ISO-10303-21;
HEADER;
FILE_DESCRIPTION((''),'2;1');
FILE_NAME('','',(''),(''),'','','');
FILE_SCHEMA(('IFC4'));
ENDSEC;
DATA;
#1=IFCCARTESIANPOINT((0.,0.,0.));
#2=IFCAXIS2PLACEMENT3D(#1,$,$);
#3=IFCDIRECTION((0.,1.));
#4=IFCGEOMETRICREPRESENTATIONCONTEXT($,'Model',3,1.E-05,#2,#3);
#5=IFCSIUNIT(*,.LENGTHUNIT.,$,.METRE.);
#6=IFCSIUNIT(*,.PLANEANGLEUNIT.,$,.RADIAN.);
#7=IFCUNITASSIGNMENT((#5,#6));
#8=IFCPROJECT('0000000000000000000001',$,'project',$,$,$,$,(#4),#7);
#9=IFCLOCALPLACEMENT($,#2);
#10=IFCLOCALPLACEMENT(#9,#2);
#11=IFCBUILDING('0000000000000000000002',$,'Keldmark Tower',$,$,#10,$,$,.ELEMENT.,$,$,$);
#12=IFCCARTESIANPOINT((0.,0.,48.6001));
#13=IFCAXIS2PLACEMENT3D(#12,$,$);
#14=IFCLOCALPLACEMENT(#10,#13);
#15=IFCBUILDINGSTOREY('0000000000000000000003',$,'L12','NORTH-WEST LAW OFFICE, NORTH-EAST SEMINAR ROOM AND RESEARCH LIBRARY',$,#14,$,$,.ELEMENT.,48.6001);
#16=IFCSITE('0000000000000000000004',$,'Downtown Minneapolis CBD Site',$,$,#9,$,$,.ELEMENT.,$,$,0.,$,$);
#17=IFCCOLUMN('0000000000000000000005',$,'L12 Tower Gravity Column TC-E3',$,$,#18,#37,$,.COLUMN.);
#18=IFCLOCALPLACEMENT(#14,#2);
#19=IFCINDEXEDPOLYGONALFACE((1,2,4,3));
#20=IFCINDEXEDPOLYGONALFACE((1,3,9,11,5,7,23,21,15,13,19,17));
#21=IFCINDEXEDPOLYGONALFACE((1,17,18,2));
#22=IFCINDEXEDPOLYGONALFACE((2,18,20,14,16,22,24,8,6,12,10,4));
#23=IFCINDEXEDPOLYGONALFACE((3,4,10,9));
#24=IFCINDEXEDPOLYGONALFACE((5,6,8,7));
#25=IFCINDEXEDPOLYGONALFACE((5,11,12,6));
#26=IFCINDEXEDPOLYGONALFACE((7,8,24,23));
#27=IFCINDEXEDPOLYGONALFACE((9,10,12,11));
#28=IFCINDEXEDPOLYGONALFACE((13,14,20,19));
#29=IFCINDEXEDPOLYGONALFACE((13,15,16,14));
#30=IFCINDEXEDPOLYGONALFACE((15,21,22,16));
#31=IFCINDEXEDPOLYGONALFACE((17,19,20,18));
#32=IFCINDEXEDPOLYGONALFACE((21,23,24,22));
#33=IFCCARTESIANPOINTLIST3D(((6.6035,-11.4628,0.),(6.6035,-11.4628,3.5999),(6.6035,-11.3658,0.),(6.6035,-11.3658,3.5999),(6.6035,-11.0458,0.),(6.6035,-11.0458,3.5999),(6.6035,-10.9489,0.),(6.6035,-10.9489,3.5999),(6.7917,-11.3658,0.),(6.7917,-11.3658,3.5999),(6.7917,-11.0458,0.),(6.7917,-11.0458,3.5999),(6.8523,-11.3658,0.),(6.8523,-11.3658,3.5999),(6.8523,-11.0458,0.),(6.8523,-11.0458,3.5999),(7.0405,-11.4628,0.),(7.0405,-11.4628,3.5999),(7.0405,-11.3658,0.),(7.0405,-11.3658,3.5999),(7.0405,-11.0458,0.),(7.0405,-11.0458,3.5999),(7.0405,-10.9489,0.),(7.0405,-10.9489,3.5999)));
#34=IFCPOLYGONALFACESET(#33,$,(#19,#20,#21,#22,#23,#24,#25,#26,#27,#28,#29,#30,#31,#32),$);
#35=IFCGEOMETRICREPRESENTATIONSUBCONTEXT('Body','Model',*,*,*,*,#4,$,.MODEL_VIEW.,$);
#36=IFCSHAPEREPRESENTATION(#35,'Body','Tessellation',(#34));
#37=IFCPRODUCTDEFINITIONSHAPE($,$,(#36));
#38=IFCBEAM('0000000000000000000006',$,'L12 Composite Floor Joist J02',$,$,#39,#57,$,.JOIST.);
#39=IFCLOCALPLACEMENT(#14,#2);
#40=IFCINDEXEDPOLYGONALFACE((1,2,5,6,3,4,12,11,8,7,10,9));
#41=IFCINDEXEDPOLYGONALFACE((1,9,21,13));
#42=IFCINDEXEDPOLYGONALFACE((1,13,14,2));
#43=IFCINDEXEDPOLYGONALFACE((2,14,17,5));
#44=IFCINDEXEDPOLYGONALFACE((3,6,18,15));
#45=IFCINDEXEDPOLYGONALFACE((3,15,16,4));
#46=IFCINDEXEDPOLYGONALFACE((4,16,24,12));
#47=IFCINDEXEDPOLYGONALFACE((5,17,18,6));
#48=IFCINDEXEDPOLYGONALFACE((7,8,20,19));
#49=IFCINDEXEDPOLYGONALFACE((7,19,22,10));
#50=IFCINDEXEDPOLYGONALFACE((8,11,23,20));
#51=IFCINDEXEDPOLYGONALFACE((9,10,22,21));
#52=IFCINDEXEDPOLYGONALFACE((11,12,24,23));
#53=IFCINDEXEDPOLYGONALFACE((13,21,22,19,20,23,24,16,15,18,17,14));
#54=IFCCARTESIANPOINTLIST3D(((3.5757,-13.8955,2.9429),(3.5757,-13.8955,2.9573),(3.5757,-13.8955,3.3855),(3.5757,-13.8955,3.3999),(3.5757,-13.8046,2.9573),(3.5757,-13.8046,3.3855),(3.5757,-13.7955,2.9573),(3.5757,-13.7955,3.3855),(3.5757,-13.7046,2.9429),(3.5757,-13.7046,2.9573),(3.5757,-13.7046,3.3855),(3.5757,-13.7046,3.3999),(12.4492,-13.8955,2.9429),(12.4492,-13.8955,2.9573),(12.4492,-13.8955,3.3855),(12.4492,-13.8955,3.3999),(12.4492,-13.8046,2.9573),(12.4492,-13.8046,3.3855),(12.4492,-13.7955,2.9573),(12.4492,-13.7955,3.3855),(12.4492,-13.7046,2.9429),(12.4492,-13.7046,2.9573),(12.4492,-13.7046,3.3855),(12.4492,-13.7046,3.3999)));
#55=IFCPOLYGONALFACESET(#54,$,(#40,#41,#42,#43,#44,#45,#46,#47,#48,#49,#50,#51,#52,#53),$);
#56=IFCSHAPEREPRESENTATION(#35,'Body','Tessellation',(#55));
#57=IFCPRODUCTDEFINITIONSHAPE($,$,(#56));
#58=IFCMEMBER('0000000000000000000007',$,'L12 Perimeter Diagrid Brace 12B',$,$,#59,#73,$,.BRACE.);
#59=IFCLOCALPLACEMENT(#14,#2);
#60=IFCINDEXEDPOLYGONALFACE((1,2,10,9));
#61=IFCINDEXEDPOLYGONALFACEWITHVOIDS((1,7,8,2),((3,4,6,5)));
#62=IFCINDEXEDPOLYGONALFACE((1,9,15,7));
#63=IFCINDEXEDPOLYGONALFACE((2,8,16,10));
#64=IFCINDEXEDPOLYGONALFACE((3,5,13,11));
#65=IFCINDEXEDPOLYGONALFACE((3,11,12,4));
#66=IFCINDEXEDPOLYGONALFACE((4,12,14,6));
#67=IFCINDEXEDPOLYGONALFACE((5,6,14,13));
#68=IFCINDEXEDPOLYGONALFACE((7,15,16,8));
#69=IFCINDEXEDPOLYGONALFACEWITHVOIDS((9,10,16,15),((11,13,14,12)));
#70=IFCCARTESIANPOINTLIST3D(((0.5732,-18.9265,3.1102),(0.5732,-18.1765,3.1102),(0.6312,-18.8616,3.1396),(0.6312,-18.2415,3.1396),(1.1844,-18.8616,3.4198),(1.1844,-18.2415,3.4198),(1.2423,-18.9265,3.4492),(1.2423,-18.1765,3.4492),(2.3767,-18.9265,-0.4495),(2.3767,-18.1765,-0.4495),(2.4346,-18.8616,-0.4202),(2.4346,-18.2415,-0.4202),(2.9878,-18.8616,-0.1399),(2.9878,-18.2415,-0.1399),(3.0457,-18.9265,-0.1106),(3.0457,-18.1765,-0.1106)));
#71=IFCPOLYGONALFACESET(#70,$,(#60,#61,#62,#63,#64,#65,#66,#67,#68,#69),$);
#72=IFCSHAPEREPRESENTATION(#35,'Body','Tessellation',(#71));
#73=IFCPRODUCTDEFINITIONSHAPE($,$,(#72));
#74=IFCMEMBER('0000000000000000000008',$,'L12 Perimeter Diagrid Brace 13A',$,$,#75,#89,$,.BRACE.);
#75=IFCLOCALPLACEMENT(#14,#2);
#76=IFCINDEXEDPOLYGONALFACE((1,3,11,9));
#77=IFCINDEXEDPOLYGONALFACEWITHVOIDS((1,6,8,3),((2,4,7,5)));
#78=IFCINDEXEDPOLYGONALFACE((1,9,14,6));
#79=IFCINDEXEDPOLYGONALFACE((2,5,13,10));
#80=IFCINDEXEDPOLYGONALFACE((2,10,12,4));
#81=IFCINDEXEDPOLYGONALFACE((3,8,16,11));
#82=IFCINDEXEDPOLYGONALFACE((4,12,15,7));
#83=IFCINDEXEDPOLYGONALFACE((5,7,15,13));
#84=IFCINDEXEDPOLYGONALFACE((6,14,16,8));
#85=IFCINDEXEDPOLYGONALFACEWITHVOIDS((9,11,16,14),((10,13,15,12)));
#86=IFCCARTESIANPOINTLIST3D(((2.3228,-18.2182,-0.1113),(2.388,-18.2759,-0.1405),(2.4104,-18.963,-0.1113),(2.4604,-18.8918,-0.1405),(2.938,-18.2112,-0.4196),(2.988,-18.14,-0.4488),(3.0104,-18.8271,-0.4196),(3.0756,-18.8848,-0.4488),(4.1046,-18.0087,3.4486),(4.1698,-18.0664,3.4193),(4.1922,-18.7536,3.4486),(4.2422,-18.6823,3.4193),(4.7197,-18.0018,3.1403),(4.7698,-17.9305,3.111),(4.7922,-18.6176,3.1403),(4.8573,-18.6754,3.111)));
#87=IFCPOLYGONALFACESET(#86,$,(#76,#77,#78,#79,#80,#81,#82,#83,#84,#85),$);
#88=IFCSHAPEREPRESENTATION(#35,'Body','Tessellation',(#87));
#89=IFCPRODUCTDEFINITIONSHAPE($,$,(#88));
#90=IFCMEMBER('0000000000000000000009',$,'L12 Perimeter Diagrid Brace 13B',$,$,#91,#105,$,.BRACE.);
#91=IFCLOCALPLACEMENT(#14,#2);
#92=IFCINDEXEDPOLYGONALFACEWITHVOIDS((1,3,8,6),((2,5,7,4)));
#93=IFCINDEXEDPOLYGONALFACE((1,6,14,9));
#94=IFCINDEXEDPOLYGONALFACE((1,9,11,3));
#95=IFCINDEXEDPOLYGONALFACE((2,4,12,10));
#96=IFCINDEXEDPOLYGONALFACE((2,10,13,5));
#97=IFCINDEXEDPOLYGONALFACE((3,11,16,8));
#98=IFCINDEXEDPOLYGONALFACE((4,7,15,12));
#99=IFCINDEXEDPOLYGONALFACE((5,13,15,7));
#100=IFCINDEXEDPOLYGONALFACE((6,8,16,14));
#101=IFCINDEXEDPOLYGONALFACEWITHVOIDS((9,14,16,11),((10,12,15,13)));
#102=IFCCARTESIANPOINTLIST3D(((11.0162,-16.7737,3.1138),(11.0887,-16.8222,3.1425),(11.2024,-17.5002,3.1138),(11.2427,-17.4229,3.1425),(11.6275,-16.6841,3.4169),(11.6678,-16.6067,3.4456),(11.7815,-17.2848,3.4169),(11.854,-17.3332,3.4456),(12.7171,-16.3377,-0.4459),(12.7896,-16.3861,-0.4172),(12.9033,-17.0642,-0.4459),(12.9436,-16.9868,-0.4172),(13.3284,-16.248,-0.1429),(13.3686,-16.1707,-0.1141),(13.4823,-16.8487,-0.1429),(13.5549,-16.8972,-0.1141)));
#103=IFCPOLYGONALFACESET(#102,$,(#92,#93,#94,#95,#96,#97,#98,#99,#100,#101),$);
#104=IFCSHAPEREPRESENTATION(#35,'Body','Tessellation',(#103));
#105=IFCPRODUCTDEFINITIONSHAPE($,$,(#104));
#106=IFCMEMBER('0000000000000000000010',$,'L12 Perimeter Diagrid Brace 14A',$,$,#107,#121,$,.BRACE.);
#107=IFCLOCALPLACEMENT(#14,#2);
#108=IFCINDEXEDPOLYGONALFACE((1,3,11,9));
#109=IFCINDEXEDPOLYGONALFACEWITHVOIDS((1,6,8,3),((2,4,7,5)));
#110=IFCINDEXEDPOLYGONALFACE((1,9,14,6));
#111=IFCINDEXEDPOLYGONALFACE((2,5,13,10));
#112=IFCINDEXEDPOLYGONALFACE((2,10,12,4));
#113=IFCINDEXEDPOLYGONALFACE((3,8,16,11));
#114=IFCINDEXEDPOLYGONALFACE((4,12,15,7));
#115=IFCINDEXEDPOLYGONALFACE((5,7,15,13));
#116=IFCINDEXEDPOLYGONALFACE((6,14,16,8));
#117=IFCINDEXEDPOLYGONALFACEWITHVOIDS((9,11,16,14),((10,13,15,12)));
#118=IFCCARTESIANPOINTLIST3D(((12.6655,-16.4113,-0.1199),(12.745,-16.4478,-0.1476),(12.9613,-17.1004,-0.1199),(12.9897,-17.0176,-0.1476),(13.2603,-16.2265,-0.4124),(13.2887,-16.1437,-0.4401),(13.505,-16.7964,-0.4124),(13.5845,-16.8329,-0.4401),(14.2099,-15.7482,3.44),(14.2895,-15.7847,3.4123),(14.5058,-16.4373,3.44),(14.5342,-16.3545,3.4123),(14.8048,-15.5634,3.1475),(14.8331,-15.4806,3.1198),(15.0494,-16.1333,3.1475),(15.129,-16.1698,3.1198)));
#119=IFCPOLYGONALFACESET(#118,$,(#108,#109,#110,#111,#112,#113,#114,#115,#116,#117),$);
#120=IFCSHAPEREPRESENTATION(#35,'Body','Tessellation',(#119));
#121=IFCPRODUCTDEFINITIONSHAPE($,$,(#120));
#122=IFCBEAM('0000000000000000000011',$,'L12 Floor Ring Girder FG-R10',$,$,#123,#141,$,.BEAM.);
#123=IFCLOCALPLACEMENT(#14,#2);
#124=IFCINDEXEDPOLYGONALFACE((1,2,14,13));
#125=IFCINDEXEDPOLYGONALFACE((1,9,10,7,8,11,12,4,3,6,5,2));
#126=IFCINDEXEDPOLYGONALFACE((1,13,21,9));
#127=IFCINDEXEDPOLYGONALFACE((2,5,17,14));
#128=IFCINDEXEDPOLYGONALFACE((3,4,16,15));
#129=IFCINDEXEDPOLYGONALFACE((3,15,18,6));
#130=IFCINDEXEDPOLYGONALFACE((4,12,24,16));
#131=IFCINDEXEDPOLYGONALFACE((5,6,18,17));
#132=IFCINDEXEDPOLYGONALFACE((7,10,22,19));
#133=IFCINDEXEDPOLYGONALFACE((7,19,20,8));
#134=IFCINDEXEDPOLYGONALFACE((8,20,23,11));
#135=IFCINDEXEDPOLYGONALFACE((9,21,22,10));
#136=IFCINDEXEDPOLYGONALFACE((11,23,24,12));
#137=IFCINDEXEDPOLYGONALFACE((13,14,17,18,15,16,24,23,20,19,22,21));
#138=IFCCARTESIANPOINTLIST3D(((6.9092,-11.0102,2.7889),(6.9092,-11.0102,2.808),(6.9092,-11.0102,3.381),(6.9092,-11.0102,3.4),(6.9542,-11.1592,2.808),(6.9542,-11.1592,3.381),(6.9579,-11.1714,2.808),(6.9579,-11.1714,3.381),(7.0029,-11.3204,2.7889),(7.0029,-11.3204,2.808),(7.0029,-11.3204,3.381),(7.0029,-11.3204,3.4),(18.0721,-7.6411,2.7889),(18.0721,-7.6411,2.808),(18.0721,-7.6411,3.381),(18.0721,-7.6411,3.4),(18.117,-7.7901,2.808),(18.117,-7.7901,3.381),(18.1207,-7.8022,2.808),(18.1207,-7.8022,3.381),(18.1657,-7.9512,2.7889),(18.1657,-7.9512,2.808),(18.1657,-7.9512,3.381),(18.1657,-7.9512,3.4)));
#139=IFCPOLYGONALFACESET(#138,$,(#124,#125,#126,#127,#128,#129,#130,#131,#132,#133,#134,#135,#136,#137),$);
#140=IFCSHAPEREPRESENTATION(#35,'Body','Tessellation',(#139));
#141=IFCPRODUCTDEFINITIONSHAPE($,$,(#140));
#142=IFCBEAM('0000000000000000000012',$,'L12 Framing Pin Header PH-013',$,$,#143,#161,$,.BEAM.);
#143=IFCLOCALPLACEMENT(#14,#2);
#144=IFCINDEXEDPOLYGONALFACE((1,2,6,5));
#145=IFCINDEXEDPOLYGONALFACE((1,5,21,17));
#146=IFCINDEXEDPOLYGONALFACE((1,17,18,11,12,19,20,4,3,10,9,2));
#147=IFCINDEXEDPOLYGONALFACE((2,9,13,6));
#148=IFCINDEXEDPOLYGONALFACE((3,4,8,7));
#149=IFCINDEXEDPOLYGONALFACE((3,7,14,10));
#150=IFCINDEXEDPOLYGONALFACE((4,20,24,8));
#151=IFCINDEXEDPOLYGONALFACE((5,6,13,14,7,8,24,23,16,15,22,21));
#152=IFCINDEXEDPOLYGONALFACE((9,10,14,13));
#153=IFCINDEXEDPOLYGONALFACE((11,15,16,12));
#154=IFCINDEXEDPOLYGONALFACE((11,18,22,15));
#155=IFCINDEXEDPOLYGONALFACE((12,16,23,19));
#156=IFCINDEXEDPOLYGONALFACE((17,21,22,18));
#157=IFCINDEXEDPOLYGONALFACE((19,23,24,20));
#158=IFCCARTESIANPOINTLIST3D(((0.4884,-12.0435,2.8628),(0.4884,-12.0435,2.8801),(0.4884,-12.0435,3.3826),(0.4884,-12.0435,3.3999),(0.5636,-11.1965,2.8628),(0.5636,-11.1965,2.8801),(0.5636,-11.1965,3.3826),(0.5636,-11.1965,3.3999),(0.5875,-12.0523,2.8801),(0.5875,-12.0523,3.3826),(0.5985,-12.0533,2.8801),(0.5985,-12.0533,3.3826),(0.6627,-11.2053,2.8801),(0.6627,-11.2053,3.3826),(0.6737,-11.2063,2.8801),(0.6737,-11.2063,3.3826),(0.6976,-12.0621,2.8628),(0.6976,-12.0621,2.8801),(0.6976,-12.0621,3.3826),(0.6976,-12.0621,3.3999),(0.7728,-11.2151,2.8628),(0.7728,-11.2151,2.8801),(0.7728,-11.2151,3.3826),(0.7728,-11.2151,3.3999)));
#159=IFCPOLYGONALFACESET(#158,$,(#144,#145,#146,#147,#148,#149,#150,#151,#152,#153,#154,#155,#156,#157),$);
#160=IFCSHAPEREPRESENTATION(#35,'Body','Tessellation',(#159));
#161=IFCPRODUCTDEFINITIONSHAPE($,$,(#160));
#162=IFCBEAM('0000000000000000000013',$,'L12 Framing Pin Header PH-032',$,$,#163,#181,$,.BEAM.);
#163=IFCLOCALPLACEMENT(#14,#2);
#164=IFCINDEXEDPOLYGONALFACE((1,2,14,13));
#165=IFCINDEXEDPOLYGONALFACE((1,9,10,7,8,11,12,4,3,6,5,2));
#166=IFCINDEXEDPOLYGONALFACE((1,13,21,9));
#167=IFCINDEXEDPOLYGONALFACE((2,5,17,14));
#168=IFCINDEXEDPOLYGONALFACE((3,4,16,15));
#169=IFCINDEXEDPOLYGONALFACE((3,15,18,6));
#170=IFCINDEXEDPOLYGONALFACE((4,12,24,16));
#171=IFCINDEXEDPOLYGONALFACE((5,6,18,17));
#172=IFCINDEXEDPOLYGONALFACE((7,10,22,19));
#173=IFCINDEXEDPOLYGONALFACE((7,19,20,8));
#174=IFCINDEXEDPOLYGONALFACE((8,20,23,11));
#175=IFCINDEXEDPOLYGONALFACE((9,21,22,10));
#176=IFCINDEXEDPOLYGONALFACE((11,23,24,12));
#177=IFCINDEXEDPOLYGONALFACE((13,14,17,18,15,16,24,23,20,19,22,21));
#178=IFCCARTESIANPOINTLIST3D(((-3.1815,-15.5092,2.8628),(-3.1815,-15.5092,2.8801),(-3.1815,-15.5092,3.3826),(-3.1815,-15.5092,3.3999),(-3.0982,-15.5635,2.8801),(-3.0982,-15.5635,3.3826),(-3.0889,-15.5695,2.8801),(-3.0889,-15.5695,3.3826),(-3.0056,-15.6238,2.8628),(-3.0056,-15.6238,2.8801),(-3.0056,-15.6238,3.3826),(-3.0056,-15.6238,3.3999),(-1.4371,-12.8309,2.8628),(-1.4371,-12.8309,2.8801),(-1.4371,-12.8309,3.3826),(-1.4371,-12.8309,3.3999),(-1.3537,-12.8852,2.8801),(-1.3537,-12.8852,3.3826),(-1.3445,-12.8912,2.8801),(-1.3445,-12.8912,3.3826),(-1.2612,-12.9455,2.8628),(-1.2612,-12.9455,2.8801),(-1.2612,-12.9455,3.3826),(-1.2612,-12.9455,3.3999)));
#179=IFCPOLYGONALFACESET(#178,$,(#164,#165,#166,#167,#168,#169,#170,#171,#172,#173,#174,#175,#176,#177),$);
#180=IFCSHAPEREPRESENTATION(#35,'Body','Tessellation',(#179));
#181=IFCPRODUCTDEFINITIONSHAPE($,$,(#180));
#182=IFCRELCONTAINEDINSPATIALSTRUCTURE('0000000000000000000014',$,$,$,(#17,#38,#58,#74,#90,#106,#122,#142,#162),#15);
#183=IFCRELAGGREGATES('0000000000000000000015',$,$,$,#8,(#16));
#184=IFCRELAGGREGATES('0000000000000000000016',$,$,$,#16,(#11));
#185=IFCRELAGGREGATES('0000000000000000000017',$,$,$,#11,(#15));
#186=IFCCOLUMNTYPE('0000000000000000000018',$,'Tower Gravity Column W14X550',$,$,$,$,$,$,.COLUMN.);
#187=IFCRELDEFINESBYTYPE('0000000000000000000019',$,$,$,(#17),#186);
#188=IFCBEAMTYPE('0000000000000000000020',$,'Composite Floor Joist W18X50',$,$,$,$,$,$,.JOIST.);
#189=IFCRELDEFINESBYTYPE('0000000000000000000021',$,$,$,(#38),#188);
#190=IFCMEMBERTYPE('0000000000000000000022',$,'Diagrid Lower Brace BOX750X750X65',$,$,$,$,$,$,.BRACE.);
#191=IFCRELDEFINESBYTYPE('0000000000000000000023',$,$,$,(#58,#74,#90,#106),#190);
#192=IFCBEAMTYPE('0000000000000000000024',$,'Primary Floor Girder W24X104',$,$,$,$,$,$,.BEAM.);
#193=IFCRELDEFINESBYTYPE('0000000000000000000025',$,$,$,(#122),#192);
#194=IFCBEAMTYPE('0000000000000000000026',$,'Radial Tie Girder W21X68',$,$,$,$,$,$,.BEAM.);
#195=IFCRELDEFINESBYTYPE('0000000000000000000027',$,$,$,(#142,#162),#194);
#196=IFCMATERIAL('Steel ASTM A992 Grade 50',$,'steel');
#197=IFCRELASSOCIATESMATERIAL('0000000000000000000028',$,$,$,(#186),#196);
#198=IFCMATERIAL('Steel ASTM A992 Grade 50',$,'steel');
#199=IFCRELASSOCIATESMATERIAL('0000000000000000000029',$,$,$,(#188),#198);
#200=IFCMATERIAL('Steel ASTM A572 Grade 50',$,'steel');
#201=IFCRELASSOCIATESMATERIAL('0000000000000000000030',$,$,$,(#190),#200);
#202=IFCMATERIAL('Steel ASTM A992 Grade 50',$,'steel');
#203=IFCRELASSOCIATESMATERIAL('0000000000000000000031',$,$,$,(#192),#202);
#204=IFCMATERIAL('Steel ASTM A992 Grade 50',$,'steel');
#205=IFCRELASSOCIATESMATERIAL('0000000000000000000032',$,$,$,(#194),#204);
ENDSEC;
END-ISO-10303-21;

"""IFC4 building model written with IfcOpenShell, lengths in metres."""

from ifc_helpers import new_model, si_unit, direction, frame, origin, origin_2d, place, context, subcontext, project, spatial, hollow_rectangle, i_section, extrude, material, material_profile, profile_set, type_object, element, save


model = new_model("IFC4")

# Units and contexts
model_context = context("Model", 3, precision=1e-05, world=origin(), true_north=direction((0.0, 1.0)))
body_context = subcontext(model_context, "Body", "Model", "MODEL_VIEW")
ifc_project = project(units=[si_unit("LENGTHUNIT", "METRE"), si_unit("PLANEANGLEUNIT", "RADIAN")], contexts=[model_context])

# Site, building, storey
site_placement = place(None, origin())
site = spatial("IfcSite", under=ifc_project, at=site_placement, Name="Downtown Minneapolis CBD Site", CompositionType="ELEMENT", RefElevation=0.0)
building_placement = place(site_placement, origin())
building = spatial("IfcBuilding", under=site, at=building_placement, Name="Keldmark Tower", CompositionType="ELEMENT")
storey_placement = place(building_placement, frame((0.0, 0.0, 48.6001)))
storey = spatial("IfcBuildingStorey", under=building, at=storey_placement, Name="L12", Description="NORTH-WEST LAW OFFICE, NORTH-EAST SEMINAR ROOM AND RESEARCH LIBRARY", CompositionType="ELEMENT", Elevation=48.6001)

# Column
ifc_material_1 = material(Name="Steel ASTM A992 Grade 50", Category="steel")
ifc_material_profile_1 = material_profile(ifc_material_1, i_section(OverallWidth=0.437, OverallDepth=0.5139, WebThickness=0.0605, FlangeThickness=0.0969, at=origin_2d()), Name="W14X550")
ifc_profile_set_1 = profile_set([ifc_material_profile_1], Name="Steel ASTM A992 Grade 50")
column_type = type_object("IfcColumnType", Name="Tower Gravity Column W14X550", PredefinedType="COLUMN", material=ifc_profile_set_1)
column_placement = place(storey_placement, frame((6.822, -11.2058, 0.0), z_axis=(0.0, 0.0, 1.0), x_axis=(1.0, 0.0, 0.0)))
element("IfcColumn", 1, at=column_placement, inside=storey, type_object=column_type, Name="L12 Tower Gravity Column TC-E3", PredefinedType="COLUMN", context=body_context, shape_type="SweptSolid", body=[
    extrude(i_section(OverallWidth=0.437, OverallDepth=0.5139, WebThickness=0.0605, FlangeThickness=0.0969, at=origin_2d()), origin(), (0.0, 0.0, 1.0), 3.5999),
])

# Beam
ifc_material_2 = material(Name="Steel ASTM A992 Grade 50", Category="steel")
ifc_material_profile_2 = material_profile(ifc_material_2, i_section(OverallWidth=0.1909, OverallDepth=0.457, WebThickness=0.009, FlangeThickness=0.0144, at=origin_2d()), Name="W18X50")
ifc_profile_set_2 = profile_set([ifc_material_profile_2], Name="Steel ASTM A992 Grade 50")
beam_type_1 = type_object("IfcBeamType", Name="Composite Floor Joist W18X50", PredefinedType="JOIST", material=ifc_profile_set_2)
beam_1_placement = place(storey_placement, frame((3.5757, -13.8, 3.1714), z_axis=(1.0, 0.0, 0.0), x_axis=(0.0, 1.0, 0.0)))
element("IfcBeam", 2, at=beam_1_placement, inside=storey, type_object=beam_type_1, Name="L12 Composite Floor Joist J02", PredefinedType="JOIST", context=body_context, shape_type="SweptSolid", body=[
    extrude(i_section(OverallWidth=0.1909, OverallDepth=0.457, WebThickness=0.009, FlangeThickness=0.0144, at=origin_2d()), origin(), (0.0, 0.0, 1.0), 8.8735),
])

# Members
ifc_material_3 = material(Name="Steel ASTM A572 Grade 50", Category="steel")
ifc_material_profile_3 = material_profile(ifc_material_3, hollow_rectangle(XDim=0.75, YDim=0.75, WallThickness=0.0649, at=origin_2d()), Name="BOX750X750X65")
ifc_profile_set_3 = profile_set([ifc_material_profile_3], Name="Steel ASTM A572 Grade 50")
member_type = type_object("IfcMemberType", Name="Diagrid Lower Brace BOX750X750X65", PredefinedType="BRACE", material=ifc_profile_set_3)
member_1_placement = place(storey_placement, frame((2.7112, -18.5515, -0.28), z_axis=(-0.45193, 0.0, 0.892053), x_axis=(0.0, -1.0, 0.0)))
element("IfcMember", 3, at=member_1_placement, inside=storey, type_object=member_type, Name="L12 Perimeter Diagrid Brace 12B", PredefinedType="BRACE", context=body_context, shape_type="SweptSolid", body=[
    extrude(hollow_rectangle(XDim=0.75, YDim=0.75, WallThickness=0.0649, at=origin_2d()), origin(), (0.0, 0.0, 1.0), 3.9905),
])
member_2_placement = place(storey_placement, frame((2.6992, -18.5515, -0.28), z_axis=(0.446963, 0.052548, 0.893008), x_axis=(-0.116762, 0.99316, 0.0)))
element("IfcMember", 4, at=member_2_placement, inside=storey, type_object=member_type, Name="L12 Perimeter Diagrid Brace 13A", PredefinedType="BRACE", context=body_context, shape_type="SweptSolid", body=[
    extrude(hollow_rectangle(XDim=0.75, YDim=0.75, WallThickness=0.0649, at=origin_2d()), origin(), (0.0, 0.0, 1.0), 3.9863),
])
member_3_placement = place(storey_placement, frame((13.136, -16.6174, -0.28), z_axis=(-0.428518, -0.109851, 0.896831), x_axis=(0.248322, -0.968678, 0.0)))
element("IfcMember", 5, at=member_3_placement, inside=storey, type_object=member_type, Name="L12 Perimeter Diagrid Brace 13B", PredefinedType="BRACE", context=body_context, shape_type="SweptSolid", body=[
    extrude(hollow_rectangle(XDim=0.75, YDim=0.75, WallThickness=0.0649, at=origin_2d()), origin(), (0.0, 0.0, 1.0), 3.9692),
])
member_4_placement = place(storey_placement, frame((13.125, -16.6221, -0.28), z_axis=(0.392321, 0.168439, 0.904274), x_axis=(-0.394515, 0.918889, 0.0)))
element("IfcMember", 6, at=member_4_placement, inside=storey, type_object=member_type, Name="L12 Perimeter Diagrid Brace 14A", PredefinedType="BRACE", context=body_context, shape_type="SweptSolid", body=[
    extrude(hollow_rectangle(XDim=0.75, YDim=0.75, WallThickness=0.0649, at=origin_2d()), origin(), (0.0, 0.0, 1.0), 3.9368),
])

# Beams
ifc_material_4 = material(Name="Steel ASTM A992 Grade 50", Category="steel")
ifc_material_profile_4 = material_profile(ifc_material_4, i_section(OverallWidth=0.324, OverallDepth=0.6111, WebThickness=0.0127, FlangeThickness=0.019, at=origin_2d()), Name="W24X104")
ifc_profile_set_4 = profile_set([ifc_material_profile_4], Name="Steel ASTM A992 Grade 50")
beam_type_2 = type_object("IfcBeamType", Name="Primary Floor Girder W24X104", PredefinedType="BEAM", material=ifc_profile_set_4)
beam_2_placement = place(storey_placement, frame((6.9561, -11.1653, 3.0945), z_axis=(0.957346, 0.288944, 0.0), x_axis=(-0.288944, 0.957346, 0.0)))
element("IfcBeam", 7, at=beam_2_placement, inside=storey, type_object=beam_type_2, Name="L12 Floor Ring Girder FG-R10", PredefinedType="BEAM", context=body_context, shape_type="SweptSolid", body=[
    extrude(i_section(OverallWidth=0.324, OverallDepth=0.6111, WebThickness=0.0127, FlangeThickness=0.019, at=origin_2d()), origin(), (0.0, 0.0, 1.0), 11.6602),
])
ifc_material_5 = material(Name="Steel ASTM A992 Grade 50", Category="steel")
ifc_material_profile_5 = material_profile(ifc_material_5, i_section(OverallWidth=0.21, OverallDepth=0.5371, WebThickness=0.011, FlangeThickness=0.0173, at=origin_2d()), Name="W21X68")
ifc_profile_set_5 = profile_set([ifc_material_profile_5], Name="Steel ASTM A992 Grade 50")
beam_type_3 = type_object("IfcBeamType", Name="Radial Tie Girder W21X68", PredefinedType="BEAM", material=ifc_profile_set_5)
beam_3_placement = place(storey_placement, frame((0.6682, -11.2058, 3.1313), z_axis=(-0.088438, -0.996082, 0.0), x_axis=(0.996082, -0.088438, 0.0)))
element("IfcBeam", 8, at=beam_3_placement, inside=storey, type_object=beam_type_3, Name="L12 Framing Pin Header PH-013", PredefinedType="BEAM", context=body_context, shape_type="SweptSolid", body=[
    extrude(i_section(OverallWidth=0.21, OverallDepth=0.5371, WebThickness=0.011, FlangeThickness=0.0173, at=origin_2d()), origin(), (0.0, 0.0, 1.0), 0.8503),
])
beam_4_placement = place(storey_placement, frame((-1.3491, -12.8882, 3.1313), z_axis=(-0.545767, -0.837937, 0.0), x_axis=(0.837937, -0.545767, 0.0)))
element("IfcBeam", 9, at=beam_4_placement, inside=storey, type_object=beam_type_3, Name="L12 Framing Pin Header PH-032", PredefinedType="BEAM", context=body_context, shape_type="SweptSolid", body=[
    extrude(i_section(OverallWidth=0.21, OverallDepth=0.5371, WebThickness=0.011, FlangeThickness=0.0173, at=origin_2d()), origin(), (0.0, 0.0, 1.0), 3.1963),
])

save(model, "model.ifc")
